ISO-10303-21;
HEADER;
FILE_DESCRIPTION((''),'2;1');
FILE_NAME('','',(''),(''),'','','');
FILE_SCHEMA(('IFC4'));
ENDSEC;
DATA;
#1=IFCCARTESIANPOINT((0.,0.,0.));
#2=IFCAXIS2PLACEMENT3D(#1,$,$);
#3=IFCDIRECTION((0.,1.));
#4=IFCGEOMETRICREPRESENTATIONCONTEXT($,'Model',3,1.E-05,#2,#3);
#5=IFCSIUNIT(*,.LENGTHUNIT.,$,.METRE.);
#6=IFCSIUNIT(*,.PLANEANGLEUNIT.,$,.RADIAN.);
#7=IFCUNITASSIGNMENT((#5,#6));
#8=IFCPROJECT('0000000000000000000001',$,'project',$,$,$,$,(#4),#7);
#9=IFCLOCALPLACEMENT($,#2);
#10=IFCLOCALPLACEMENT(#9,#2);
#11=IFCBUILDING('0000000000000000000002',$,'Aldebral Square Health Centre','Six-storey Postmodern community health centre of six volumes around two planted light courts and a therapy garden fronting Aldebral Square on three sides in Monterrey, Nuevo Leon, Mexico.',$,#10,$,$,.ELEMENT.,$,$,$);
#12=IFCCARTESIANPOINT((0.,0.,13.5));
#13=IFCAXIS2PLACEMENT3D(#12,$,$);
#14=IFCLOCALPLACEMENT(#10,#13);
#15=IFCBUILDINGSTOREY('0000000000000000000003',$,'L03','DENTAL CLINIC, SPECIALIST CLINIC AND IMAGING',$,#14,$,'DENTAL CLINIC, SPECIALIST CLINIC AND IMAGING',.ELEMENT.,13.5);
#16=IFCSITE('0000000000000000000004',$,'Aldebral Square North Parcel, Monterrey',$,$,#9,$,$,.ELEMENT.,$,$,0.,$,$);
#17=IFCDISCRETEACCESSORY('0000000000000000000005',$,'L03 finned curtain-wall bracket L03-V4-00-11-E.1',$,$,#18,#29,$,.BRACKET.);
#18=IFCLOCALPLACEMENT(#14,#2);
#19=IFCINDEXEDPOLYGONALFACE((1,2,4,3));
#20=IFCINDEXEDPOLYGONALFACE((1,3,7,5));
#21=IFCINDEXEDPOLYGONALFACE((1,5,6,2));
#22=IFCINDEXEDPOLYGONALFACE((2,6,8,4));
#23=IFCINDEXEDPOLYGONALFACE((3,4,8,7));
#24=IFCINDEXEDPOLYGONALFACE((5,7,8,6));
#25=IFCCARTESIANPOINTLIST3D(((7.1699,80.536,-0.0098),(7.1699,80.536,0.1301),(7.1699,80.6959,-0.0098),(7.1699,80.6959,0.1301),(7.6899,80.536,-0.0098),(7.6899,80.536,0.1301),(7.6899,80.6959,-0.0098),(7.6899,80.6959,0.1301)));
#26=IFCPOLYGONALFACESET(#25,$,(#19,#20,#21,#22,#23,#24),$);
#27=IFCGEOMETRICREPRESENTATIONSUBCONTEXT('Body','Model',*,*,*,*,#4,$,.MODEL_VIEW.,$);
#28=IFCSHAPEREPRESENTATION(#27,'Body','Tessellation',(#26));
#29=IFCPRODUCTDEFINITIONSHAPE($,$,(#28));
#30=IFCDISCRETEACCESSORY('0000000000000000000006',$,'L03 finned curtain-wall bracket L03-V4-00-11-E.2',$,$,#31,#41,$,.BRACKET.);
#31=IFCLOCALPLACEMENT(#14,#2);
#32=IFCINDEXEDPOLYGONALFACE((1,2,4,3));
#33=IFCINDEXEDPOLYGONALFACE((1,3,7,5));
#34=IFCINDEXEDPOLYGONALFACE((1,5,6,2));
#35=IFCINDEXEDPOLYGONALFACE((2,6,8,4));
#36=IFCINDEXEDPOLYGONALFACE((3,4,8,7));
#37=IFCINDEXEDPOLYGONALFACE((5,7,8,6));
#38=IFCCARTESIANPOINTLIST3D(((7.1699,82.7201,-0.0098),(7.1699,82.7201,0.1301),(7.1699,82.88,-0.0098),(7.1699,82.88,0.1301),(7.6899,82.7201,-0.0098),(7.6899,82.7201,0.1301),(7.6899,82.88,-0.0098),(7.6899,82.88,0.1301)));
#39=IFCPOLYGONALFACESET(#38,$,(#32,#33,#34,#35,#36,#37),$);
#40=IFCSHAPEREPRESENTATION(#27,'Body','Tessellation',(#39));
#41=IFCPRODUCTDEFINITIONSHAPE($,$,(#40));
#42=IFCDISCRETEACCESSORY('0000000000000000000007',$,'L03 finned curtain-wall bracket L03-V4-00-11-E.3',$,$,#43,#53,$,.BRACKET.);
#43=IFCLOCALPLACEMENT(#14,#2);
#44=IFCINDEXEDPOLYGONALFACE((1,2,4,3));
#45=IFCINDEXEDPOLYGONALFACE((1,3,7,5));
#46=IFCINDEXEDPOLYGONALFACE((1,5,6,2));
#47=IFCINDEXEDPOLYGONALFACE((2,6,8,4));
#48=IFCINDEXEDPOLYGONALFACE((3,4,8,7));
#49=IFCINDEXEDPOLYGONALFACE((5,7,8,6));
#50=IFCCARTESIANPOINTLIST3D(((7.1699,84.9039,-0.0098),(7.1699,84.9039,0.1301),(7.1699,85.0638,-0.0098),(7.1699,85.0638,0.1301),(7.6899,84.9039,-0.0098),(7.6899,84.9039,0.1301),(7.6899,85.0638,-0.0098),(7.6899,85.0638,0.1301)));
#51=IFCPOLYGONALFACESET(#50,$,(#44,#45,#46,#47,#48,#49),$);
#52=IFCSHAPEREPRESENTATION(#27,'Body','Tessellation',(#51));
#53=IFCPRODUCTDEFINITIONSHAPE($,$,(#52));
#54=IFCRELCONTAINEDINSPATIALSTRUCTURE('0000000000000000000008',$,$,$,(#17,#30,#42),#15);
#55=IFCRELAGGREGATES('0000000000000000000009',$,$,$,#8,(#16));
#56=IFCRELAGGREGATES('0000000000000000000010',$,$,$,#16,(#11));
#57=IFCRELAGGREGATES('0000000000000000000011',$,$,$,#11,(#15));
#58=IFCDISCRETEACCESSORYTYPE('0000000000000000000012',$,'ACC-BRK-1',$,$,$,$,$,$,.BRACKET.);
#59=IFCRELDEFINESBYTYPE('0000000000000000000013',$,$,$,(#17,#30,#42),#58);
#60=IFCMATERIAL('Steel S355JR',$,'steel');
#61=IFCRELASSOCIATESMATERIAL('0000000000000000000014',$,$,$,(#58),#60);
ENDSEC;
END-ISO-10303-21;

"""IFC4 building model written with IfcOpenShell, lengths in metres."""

from ifc_helpers import new_model, si_unit, direction, frame, origin, origin_2d, place, context, subcontext, project, spatial, rectangle, extrude, material, type_object, element, save


model = new_model("IFC4")

# Units and contexts
model_context = context("Model", 3, precision=1e-05, world=origin(), true_north=direction((0.0, 1.0)))
body_context = subcontext(model_context, "Body", "Model", "MODEL_VIEW")
ifc_project = project(units=[si_unit("LENGTHUNIT", "METRE"), si_unit("PLANEANGLEUNIT", "RADIAN")], contexts=[model_context])

# Site, building, storey
site_placement = place(None, origin())
site = spatial("IfcSite", under=ifc_project, at=site_placement, Name="Aldebral Square North Parcel, Monterrey", CompositionType="ELEMENT", RefElevation=0.0)
building_placement = place(site_placement, origin())
building = spatial("IfcBuilding", under=site, at=building_placement, Name="Aldebral Square Health Centre", Description="Six-storey Postmodern community health centre of six volumes around two planted light courts and a therapy garden fronting Aldebral Square on three sides in Monterrey, Nuevo Leon, Mexico.", CompositionType="ELEMENT")
storey_placement = place(building_placement, frame((0.0, 0.0, 13.5)))
storey = spatial("IfcBuildingStorey", under=building, at=storey_placement, Name="L03", Description="DENTAL CLINIC, SPECIALIST CLINIC AND IMAGING", LongName="DENTAL CLINIC, SPECIALIST CLINIC AND IMAGING", CompositionType="ELEMENT", Elevation=13.5)

# Discrete accessories
ifc_material_1 = material(Name="Steel S355JR", Category="steel")
discrete_accessory_type = type_object("IfcDiscreteAccessoryType", Name="ACC-BRK-1", PredefinedType="BRACKET", material=ifc_material_1)
for number, where, z_axis, x_axis, name in (
    (1, (7.4299, 80.616, -0.0098), (0.0, 0.0, 1.0), (0.0, 1.0, 0.0), "L03 finned curtain-wall bracket L03-V4-00-11-E.1"),
    (2, (7.4299, 82.8, -0.0098), (0.0, 0.0, 1.0), (0.0, 1.0, 0.0), "L03 finned curtain-wall bracket L03-V4-00-11-E.2"),
    (3, (7.4299, 84.9839, -0.0098), (0.0, 0.0, 1.0), (0.0, 1.0, 0.0), "L03 finned curtain-wall bracket L03-V4-00-11-E.3"),
):
    element("IfcDiscreteAccessory", number, at=place(storey_placement, frame(where, z_axis=z_axis, x_axis=x_axis)), inside=storey, type_object=discrete_accessory_type, Name=name, PredefinedType="BRACKET", context=body_context, shape_type="SweptSolid", body=[
        extrude(rectangle(XDim=0.1599, YDim=0.52, at=origin_2d()), origin(), (0.0, 0.0, 1.0), 0.1399),
    ])

save(model, "model.ifc")
